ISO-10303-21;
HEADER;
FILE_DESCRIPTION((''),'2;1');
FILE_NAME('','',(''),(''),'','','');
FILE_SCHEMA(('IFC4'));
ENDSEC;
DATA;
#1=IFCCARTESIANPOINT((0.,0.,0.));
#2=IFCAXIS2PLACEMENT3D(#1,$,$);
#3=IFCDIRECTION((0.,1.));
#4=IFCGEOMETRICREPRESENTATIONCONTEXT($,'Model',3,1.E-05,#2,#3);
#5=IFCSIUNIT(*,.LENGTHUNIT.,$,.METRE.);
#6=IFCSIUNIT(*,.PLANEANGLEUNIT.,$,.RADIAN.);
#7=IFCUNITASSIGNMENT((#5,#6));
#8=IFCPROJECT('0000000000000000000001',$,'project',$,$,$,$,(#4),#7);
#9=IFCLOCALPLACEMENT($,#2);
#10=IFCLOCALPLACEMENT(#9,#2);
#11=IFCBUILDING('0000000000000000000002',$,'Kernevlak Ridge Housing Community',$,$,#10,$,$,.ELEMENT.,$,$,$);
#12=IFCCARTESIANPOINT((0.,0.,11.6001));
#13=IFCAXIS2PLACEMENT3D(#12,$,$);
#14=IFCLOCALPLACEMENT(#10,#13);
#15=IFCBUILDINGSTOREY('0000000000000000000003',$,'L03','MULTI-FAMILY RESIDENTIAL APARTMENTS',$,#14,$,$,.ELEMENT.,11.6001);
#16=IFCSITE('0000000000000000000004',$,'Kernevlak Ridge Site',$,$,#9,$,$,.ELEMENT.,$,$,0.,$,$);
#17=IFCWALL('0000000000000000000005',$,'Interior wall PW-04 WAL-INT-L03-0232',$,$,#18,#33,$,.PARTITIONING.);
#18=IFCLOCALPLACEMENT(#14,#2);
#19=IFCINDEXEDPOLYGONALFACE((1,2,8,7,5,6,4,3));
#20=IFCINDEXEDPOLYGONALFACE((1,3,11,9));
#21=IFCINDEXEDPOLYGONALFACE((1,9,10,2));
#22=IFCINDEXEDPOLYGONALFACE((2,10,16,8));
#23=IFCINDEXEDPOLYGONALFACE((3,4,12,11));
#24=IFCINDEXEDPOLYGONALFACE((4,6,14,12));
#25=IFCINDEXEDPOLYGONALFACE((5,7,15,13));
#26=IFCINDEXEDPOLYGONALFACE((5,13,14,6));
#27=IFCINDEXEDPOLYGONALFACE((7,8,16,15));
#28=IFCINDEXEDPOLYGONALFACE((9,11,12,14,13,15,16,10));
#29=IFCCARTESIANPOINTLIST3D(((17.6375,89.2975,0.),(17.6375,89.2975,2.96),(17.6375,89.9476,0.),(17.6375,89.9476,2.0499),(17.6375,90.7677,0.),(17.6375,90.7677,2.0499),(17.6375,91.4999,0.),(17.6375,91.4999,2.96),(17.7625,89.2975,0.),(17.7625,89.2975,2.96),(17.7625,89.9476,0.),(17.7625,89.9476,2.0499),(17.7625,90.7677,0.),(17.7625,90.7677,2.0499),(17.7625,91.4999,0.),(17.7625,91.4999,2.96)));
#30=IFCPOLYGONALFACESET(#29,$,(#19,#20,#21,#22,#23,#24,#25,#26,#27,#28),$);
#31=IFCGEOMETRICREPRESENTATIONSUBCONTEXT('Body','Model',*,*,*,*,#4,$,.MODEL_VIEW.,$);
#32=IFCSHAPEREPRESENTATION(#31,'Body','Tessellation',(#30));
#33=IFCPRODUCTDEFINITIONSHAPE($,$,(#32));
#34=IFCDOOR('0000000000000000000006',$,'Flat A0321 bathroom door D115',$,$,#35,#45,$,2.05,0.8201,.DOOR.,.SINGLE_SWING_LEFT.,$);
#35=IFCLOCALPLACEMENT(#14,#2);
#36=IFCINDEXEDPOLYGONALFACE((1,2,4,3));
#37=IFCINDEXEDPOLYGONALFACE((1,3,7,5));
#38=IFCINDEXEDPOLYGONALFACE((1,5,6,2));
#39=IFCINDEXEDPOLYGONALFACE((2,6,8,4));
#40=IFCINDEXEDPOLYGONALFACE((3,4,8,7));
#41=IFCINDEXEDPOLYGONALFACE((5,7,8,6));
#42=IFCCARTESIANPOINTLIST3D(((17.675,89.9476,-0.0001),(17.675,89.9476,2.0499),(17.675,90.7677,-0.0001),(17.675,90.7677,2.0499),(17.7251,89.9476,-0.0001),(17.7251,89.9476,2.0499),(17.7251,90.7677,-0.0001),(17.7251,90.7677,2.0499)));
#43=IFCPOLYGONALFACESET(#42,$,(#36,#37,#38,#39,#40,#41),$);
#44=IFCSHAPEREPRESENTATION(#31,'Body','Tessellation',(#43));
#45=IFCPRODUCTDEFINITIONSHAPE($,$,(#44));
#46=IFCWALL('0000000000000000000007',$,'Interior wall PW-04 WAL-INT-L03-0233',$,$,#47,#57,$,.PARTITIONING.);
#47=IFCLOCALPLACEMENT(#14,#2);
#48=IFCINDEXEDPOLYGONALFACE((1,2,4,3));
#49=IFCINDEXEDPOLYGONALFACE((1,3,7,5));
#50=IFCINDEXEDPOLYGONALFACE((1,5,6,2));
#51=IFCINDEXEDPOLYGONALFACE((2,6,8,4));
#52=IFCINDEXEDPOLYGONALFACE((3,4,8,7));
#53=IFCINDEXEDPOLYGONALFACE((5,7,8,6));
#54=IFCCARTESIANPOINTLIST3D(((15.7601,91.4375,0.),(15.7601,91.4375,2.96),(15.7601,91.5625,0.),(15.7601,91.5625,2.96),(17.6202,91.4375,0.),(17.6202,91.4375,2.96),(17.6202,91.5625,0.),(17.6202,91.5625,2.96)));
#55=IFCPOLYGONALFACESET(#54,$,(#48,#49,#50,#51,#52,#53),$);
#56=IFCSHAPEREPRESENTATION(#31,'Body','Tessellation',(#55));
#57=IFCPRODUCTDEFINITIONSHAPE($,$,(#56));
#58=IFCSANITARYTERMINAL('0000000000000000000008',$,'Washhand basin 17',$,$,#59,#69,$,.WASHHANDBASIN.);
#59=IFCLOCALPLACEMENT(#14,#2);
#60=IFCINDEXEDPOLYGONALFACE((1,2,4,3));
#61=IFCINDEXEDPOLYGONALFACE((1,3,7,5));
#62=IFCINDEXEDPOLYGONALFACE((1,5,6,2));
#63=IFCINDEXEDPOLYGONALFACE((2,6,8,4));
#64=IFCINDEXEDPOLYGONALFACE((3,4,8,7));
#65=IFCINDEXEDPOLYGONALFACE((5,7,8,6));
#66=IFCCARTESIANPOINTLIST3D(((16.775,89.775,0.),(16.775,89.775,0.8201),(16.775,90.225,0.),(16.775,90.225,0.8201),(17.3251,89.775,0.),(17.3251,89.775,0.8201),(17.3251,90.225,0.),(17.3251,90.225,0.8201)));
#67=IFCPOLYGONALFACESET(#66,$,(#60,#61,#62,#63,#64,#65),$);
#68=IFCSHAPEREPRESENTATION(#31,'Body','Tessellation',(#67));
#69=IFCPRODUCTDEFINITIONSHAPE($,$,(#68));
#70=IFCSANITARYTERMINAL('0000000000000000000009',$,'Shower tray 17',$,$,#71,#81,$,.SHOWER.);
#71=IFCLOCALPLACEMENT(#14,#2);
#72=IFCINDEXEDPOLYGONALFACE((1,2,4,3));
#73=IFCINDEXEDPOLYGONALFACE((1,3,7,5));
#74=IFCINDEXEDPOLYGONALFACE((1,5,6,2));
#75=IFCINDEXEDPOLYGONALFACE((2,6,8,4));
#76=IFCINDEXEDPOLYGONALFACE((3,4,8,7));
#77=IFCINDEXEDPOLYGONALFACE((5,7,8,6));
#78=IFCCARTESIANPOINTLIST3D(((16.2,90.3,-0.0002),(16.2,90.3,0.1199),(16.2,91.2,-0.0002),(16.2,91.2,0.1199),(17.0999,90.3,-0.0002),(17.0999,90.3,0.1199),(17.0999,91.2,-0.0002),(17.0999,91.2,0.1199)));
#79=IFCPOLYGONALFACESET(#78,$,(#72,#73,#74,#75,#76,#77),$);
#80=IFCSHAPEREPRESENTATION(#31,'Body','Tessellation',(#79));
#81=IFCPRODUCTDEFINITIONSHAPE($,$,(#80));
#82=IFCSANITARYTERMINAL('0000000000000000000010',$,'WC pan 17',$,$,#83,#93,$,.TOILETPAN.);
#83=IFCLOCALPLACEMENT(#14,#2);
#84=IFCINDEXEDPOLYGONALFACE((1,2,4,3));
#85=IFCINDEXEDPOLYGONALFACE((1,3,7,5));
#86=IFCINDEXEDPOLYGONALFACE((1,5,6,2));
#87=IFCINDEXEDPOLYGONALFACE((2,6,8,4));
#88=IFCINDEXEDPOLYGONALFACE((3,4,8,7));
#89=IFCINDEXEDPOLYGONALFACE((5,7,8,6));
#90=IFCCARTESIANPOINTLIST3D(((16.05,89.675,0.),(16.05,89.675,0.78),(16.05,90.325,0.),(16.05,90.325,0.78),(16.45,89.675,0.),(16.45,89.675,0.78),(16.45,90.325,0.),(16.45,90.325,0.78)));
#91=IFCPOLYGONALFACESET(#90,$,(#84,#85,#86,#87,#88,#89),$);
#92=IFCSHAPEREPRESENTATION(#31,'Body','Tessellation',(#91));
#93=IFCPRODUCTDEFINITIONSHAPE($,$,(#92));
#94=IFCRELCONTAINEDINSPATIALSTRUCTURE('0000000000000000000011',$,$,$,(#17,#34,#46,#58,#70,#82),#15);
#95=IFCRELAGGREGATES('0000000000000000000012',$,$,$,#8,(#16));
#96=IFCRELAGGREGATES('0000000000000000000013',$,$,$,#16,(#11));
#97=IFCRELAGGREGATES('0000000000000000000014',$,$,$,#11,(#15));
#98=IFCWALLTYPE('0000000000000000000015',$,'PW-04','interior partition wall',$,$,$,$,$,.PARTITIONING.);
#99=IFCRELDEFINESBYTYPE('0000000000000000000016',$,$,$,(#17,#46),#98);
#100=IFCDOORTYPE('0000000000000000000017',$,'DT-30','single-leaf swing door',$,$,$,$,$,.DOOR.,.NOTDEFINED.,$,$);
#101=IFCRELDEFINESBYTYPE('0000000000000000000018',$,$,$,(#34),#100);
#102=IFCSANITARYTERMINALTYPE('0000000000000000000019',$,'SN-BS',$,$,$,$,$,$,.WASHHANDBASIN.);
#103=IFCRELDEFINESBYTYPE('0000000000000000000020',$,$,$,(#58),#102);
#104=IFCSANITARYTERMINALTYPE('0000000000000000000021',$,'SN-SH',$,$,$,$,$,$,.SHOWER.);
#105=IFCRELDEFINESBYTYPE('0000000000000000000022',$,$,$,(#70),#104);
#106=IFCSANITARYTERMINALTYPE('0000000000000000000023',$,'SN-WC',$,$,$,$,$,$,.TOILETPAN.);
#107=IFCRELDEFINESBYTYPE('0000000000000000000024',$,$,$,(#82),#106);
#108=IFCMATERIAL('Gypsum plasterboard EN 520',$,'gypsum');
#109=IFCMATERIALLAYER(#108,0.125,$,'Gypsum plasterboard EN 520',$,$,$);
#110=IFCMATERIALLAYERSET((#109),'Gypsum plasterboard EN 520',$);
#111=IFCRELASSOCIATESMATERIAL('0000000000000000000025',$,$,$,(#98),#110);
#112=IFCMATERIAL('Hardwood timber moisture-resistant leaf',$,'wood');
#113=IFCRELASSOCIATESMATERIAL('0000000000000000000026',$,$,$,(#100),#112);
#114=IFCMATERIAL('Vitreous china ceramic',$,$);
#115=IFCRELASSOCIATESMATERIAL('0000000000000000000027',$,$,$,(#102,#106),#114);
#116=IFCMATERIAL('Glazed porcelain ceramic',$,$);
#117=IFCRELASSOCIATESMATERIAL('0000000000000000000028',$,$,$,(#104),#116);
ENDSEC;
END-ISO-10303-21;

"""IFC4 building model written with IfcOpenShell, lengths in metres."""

from ifc_helpers import new_model, si_unit, direction, frame, frame_2d, origin, origin_2d, place, context, subcontext, project, spatial, rectangle, extrude, material, layer, layer_set, type_object, element, fill, save


model = new_model("IFC4")

# Units and contexts
model_context = context("Model", 3, precision=1e-05, world=origin(), true_north=direction((0.0, 1.0)))
body_context = subcontext(model_context, "Body", "Model", "MODEL_VIEW")
ifc_project = project(units=[si_unit("LENGTHUNIT", "METRE"), si_unit("PLANEANGLEUNIT", "RADIAN")], contexts=[model_context])

# Site, building, storey
site_placement = place(None, origin())
site = spatial("IfcSite", under=ifc_project, at=site_placement, Name="Kernevlak Ridge Site", CompositionType="ELEMENT", RefElevation=0.0)
building_placement = place(site_placement, origin())
building = spatial("IfcBuilding", under=site, at=building_placement, Name="Kernevlak Ridge Housing Community", CompositionType="ELEMENT")
storey_placement = place(building_placement, frame((0.0, 0.0, 11.6001)))
storey = spatial("IfcBuildingStorey", under=building, at=storey_placement, Name="L03", Description="MULTI-FAMILY RESIDENTIAL APARTMENTS", CompositionType="ELEMENT", Elevation=11.6001)

# Wall, opening, door
ifc_material_1 = material(Name="Gypsum plasterboard EN 520", Category="gypsum")
ifc_layer_1 = layer(ifc_material_1, 0.125, Name="Gypsum plasterboard EN 520")
ifc_layer_set_1 = layer_set([ifc_layer_1], Name="Gypsum plasterboard EN 520")
wall_type_1 = type_object("IfcWallType", Name="PW-04", Description="interior partition wall", PredefinedType="PARTITIONING", material=ifc_layer_set_1)
wall_1_placement = place(storey_placement, frame((17.7, 89.2976, 0.0), z_axis=(0.0, 0.0, 1.0), x_axis=(0.0, 1.0, 0.0)))
wall_1 = element("IfcWall", 1, at=wall_1_placement, inside=storey, type_object=wall_type_1, Name="Interior wall PW-04 WAL-INT-L03-0232", PredefinedType="PARTITIONING", context=body_context, shape_type="SweptSolid", body=[
    extrude(rectangle(XDim=2.2024, YDim=0.125, at=frame_2d((1.1011, 0.0))), origin(), (0.0, 0.0, 1.0), 2.96),
])
opening_1_placement = place(wall_1_placement, frame((0.6499, 0.0, 0.0)))
opening_1 = element("IfcOpeningElement", 2, at=opening_1_placement, cuts=wall_1, PredefinedType="OPENING", context=body_context, shape_type="SweptSolid", body=[
    extrude(rectangle(XDim=0.8201, YDim=2.05, at=frame_2d((0.4102, 1.0249))), frame((0.0, 0.0725, 0.0), z_axis=(0.0, -1.0, 0.0), x_axis=(1.0, 0.0, 0.0)), (0.0, 0.0, 1.0), 0.145),
])
ifc_material_2 = material(Name="Hardwood timber moisture-resistant leaf", Category="wood")
door_type_1 = type_object("IfcDoorType", Name="DT-30", Description="single-leaf swing door", OperationType="NOTDEFINED", PredefinedType="DOOR", material=ifc_material_2)
door_1_placement = place(opening_1_placement, origin())
door_1 = element("IfcDoor", 3, at=door_1_placement, inside=storey, type_object=door_type_1, Name="Flat A0321 bathroom door D115", OperationType="SINGLE_SWING_LEFT", OverallHeight=2.05, OverallWidth=0.8201, PredefinedType="DOOR", context=body_context, shape_type="SweptSolid", body=[
    extrude(rectangle(XDim=0.8201, YDim=2.05, at=frame_2d((0.4102, 1.0249))), frame((0.0, 0.0249, 0.0), z_axis=(0.0, -1.0, 0.0), x_axis=(1.0, 0.0, 0.0)), (0.0, 0.0, 1.0), 0.05),
])
fill(opening_1, door_1)

# Wall
wall_2_placement = place(storey_placement, frame((15.76, 91.5, 0.0), z_axis=(0.0, 0.0, 1.0), x_axis=(1.0, 0.0, 0.0)))
element("IfcWall", 4, at=wall_2_placement, inside=storey, type_object=wall_type_1, Name="Interior wall PW-04 WAL-INT-L03-0233", PredefinedType="PARTITIONING", context=body_context, shape_type="SweptSolid", body=[
    extrude(rectangle(XDim=1.8601, YDim=0.125, at=frame_2d((0.9302, 0.0))), origin(), (0.0, 0.0, 1.0), 2.96),
])

# Sanitary terminals
ifc_material_3 = material(Name="Vitreous china ceramic")
sanitary_terminal_type_1 = type_object("IfcSanitaryTerminalType", Name="SN-BS", PredefinedType="WASHHANDBASIN", material=ifc_material_3)
sanitary_terminal_1_placement = place(storey_placement, frame((17.05, 90.0, 0.0), z_axis=(0.0, 0.0, 1.0), x_axis=(1.0, 0.0, 0.0)))
element("IfcSanitaryTerminal", 5, at=sanitary_terminal_1_placement, inside=storey, type_object=sanitary_terminal_type_1, Name="Washhand basin 17", PredefinedType="WASHHANDBASIN", context=body_context, shape_type="SweptSolid", body=[
    extrude(rectangle(XDim=0.55, YDim=0.45, at=origin_2d()), origin(), (0.0, 0.0, 1.0), 0.8201),
])
ifc_material_4 = material(Name="Glazed porcelain ceramic")
sanitary_terminal_type_2 = type_object("IfcSanitaryTerminalType", Name="SN-SH", PredefinedType="SHOWER", material=ifc_material_4)
sanitary_terminal_2_placement = place(storey_placement, frame((16.6499, 90.75, -0.0002), z_axis=(0.0, 0.0, 1.0), x_axis=(1.0, 0.0, 0.0)))
element("IfcSanitaryTerminal", 6, at=sanitary_terminal_2_placement, inside=storey, type_object=sanitary_terminal_type_2, Name="Shower tray 17", PredefinedType="SHOWER", context=body_context, shape_type="SweptSolid", body=[
    extrude(rectangle(XDim=0.8999, YDim=0.8999, at=origin_2d()), origin(), (0.0, 0.0, 1.0), 0.1201),
])
sanitary_terminal_type_3 = type_object("IfcSanitaryTerminalType", Name="SN-WC", PredefinedType="TOILETPAN", material=ifc_material_3)
sanitary_terminal_3_placement = place(storey_placement, frame((16.25, 90.0, 0.0), z_axis=(0.0, 0.0, 1.0), x_axis=(1.0, 0.0, 0.0)))
element("IfcSanitaryTerminal", 7, at=sanitary_terminal_3_placement, inside=storey, type_object=sanitary_terminal_type_3, Name="WC pan 17", PredefinedType="TOILETPAN", context=body_context, shape_type="SweptSolid", body=[
    extrude(rectangle(XDim=0.3999, YDim=0.6499, at=origin_2d()), origin(), (0.0, 0.0, 1.0), 0.78),
])

save(model, "model.ifc")
